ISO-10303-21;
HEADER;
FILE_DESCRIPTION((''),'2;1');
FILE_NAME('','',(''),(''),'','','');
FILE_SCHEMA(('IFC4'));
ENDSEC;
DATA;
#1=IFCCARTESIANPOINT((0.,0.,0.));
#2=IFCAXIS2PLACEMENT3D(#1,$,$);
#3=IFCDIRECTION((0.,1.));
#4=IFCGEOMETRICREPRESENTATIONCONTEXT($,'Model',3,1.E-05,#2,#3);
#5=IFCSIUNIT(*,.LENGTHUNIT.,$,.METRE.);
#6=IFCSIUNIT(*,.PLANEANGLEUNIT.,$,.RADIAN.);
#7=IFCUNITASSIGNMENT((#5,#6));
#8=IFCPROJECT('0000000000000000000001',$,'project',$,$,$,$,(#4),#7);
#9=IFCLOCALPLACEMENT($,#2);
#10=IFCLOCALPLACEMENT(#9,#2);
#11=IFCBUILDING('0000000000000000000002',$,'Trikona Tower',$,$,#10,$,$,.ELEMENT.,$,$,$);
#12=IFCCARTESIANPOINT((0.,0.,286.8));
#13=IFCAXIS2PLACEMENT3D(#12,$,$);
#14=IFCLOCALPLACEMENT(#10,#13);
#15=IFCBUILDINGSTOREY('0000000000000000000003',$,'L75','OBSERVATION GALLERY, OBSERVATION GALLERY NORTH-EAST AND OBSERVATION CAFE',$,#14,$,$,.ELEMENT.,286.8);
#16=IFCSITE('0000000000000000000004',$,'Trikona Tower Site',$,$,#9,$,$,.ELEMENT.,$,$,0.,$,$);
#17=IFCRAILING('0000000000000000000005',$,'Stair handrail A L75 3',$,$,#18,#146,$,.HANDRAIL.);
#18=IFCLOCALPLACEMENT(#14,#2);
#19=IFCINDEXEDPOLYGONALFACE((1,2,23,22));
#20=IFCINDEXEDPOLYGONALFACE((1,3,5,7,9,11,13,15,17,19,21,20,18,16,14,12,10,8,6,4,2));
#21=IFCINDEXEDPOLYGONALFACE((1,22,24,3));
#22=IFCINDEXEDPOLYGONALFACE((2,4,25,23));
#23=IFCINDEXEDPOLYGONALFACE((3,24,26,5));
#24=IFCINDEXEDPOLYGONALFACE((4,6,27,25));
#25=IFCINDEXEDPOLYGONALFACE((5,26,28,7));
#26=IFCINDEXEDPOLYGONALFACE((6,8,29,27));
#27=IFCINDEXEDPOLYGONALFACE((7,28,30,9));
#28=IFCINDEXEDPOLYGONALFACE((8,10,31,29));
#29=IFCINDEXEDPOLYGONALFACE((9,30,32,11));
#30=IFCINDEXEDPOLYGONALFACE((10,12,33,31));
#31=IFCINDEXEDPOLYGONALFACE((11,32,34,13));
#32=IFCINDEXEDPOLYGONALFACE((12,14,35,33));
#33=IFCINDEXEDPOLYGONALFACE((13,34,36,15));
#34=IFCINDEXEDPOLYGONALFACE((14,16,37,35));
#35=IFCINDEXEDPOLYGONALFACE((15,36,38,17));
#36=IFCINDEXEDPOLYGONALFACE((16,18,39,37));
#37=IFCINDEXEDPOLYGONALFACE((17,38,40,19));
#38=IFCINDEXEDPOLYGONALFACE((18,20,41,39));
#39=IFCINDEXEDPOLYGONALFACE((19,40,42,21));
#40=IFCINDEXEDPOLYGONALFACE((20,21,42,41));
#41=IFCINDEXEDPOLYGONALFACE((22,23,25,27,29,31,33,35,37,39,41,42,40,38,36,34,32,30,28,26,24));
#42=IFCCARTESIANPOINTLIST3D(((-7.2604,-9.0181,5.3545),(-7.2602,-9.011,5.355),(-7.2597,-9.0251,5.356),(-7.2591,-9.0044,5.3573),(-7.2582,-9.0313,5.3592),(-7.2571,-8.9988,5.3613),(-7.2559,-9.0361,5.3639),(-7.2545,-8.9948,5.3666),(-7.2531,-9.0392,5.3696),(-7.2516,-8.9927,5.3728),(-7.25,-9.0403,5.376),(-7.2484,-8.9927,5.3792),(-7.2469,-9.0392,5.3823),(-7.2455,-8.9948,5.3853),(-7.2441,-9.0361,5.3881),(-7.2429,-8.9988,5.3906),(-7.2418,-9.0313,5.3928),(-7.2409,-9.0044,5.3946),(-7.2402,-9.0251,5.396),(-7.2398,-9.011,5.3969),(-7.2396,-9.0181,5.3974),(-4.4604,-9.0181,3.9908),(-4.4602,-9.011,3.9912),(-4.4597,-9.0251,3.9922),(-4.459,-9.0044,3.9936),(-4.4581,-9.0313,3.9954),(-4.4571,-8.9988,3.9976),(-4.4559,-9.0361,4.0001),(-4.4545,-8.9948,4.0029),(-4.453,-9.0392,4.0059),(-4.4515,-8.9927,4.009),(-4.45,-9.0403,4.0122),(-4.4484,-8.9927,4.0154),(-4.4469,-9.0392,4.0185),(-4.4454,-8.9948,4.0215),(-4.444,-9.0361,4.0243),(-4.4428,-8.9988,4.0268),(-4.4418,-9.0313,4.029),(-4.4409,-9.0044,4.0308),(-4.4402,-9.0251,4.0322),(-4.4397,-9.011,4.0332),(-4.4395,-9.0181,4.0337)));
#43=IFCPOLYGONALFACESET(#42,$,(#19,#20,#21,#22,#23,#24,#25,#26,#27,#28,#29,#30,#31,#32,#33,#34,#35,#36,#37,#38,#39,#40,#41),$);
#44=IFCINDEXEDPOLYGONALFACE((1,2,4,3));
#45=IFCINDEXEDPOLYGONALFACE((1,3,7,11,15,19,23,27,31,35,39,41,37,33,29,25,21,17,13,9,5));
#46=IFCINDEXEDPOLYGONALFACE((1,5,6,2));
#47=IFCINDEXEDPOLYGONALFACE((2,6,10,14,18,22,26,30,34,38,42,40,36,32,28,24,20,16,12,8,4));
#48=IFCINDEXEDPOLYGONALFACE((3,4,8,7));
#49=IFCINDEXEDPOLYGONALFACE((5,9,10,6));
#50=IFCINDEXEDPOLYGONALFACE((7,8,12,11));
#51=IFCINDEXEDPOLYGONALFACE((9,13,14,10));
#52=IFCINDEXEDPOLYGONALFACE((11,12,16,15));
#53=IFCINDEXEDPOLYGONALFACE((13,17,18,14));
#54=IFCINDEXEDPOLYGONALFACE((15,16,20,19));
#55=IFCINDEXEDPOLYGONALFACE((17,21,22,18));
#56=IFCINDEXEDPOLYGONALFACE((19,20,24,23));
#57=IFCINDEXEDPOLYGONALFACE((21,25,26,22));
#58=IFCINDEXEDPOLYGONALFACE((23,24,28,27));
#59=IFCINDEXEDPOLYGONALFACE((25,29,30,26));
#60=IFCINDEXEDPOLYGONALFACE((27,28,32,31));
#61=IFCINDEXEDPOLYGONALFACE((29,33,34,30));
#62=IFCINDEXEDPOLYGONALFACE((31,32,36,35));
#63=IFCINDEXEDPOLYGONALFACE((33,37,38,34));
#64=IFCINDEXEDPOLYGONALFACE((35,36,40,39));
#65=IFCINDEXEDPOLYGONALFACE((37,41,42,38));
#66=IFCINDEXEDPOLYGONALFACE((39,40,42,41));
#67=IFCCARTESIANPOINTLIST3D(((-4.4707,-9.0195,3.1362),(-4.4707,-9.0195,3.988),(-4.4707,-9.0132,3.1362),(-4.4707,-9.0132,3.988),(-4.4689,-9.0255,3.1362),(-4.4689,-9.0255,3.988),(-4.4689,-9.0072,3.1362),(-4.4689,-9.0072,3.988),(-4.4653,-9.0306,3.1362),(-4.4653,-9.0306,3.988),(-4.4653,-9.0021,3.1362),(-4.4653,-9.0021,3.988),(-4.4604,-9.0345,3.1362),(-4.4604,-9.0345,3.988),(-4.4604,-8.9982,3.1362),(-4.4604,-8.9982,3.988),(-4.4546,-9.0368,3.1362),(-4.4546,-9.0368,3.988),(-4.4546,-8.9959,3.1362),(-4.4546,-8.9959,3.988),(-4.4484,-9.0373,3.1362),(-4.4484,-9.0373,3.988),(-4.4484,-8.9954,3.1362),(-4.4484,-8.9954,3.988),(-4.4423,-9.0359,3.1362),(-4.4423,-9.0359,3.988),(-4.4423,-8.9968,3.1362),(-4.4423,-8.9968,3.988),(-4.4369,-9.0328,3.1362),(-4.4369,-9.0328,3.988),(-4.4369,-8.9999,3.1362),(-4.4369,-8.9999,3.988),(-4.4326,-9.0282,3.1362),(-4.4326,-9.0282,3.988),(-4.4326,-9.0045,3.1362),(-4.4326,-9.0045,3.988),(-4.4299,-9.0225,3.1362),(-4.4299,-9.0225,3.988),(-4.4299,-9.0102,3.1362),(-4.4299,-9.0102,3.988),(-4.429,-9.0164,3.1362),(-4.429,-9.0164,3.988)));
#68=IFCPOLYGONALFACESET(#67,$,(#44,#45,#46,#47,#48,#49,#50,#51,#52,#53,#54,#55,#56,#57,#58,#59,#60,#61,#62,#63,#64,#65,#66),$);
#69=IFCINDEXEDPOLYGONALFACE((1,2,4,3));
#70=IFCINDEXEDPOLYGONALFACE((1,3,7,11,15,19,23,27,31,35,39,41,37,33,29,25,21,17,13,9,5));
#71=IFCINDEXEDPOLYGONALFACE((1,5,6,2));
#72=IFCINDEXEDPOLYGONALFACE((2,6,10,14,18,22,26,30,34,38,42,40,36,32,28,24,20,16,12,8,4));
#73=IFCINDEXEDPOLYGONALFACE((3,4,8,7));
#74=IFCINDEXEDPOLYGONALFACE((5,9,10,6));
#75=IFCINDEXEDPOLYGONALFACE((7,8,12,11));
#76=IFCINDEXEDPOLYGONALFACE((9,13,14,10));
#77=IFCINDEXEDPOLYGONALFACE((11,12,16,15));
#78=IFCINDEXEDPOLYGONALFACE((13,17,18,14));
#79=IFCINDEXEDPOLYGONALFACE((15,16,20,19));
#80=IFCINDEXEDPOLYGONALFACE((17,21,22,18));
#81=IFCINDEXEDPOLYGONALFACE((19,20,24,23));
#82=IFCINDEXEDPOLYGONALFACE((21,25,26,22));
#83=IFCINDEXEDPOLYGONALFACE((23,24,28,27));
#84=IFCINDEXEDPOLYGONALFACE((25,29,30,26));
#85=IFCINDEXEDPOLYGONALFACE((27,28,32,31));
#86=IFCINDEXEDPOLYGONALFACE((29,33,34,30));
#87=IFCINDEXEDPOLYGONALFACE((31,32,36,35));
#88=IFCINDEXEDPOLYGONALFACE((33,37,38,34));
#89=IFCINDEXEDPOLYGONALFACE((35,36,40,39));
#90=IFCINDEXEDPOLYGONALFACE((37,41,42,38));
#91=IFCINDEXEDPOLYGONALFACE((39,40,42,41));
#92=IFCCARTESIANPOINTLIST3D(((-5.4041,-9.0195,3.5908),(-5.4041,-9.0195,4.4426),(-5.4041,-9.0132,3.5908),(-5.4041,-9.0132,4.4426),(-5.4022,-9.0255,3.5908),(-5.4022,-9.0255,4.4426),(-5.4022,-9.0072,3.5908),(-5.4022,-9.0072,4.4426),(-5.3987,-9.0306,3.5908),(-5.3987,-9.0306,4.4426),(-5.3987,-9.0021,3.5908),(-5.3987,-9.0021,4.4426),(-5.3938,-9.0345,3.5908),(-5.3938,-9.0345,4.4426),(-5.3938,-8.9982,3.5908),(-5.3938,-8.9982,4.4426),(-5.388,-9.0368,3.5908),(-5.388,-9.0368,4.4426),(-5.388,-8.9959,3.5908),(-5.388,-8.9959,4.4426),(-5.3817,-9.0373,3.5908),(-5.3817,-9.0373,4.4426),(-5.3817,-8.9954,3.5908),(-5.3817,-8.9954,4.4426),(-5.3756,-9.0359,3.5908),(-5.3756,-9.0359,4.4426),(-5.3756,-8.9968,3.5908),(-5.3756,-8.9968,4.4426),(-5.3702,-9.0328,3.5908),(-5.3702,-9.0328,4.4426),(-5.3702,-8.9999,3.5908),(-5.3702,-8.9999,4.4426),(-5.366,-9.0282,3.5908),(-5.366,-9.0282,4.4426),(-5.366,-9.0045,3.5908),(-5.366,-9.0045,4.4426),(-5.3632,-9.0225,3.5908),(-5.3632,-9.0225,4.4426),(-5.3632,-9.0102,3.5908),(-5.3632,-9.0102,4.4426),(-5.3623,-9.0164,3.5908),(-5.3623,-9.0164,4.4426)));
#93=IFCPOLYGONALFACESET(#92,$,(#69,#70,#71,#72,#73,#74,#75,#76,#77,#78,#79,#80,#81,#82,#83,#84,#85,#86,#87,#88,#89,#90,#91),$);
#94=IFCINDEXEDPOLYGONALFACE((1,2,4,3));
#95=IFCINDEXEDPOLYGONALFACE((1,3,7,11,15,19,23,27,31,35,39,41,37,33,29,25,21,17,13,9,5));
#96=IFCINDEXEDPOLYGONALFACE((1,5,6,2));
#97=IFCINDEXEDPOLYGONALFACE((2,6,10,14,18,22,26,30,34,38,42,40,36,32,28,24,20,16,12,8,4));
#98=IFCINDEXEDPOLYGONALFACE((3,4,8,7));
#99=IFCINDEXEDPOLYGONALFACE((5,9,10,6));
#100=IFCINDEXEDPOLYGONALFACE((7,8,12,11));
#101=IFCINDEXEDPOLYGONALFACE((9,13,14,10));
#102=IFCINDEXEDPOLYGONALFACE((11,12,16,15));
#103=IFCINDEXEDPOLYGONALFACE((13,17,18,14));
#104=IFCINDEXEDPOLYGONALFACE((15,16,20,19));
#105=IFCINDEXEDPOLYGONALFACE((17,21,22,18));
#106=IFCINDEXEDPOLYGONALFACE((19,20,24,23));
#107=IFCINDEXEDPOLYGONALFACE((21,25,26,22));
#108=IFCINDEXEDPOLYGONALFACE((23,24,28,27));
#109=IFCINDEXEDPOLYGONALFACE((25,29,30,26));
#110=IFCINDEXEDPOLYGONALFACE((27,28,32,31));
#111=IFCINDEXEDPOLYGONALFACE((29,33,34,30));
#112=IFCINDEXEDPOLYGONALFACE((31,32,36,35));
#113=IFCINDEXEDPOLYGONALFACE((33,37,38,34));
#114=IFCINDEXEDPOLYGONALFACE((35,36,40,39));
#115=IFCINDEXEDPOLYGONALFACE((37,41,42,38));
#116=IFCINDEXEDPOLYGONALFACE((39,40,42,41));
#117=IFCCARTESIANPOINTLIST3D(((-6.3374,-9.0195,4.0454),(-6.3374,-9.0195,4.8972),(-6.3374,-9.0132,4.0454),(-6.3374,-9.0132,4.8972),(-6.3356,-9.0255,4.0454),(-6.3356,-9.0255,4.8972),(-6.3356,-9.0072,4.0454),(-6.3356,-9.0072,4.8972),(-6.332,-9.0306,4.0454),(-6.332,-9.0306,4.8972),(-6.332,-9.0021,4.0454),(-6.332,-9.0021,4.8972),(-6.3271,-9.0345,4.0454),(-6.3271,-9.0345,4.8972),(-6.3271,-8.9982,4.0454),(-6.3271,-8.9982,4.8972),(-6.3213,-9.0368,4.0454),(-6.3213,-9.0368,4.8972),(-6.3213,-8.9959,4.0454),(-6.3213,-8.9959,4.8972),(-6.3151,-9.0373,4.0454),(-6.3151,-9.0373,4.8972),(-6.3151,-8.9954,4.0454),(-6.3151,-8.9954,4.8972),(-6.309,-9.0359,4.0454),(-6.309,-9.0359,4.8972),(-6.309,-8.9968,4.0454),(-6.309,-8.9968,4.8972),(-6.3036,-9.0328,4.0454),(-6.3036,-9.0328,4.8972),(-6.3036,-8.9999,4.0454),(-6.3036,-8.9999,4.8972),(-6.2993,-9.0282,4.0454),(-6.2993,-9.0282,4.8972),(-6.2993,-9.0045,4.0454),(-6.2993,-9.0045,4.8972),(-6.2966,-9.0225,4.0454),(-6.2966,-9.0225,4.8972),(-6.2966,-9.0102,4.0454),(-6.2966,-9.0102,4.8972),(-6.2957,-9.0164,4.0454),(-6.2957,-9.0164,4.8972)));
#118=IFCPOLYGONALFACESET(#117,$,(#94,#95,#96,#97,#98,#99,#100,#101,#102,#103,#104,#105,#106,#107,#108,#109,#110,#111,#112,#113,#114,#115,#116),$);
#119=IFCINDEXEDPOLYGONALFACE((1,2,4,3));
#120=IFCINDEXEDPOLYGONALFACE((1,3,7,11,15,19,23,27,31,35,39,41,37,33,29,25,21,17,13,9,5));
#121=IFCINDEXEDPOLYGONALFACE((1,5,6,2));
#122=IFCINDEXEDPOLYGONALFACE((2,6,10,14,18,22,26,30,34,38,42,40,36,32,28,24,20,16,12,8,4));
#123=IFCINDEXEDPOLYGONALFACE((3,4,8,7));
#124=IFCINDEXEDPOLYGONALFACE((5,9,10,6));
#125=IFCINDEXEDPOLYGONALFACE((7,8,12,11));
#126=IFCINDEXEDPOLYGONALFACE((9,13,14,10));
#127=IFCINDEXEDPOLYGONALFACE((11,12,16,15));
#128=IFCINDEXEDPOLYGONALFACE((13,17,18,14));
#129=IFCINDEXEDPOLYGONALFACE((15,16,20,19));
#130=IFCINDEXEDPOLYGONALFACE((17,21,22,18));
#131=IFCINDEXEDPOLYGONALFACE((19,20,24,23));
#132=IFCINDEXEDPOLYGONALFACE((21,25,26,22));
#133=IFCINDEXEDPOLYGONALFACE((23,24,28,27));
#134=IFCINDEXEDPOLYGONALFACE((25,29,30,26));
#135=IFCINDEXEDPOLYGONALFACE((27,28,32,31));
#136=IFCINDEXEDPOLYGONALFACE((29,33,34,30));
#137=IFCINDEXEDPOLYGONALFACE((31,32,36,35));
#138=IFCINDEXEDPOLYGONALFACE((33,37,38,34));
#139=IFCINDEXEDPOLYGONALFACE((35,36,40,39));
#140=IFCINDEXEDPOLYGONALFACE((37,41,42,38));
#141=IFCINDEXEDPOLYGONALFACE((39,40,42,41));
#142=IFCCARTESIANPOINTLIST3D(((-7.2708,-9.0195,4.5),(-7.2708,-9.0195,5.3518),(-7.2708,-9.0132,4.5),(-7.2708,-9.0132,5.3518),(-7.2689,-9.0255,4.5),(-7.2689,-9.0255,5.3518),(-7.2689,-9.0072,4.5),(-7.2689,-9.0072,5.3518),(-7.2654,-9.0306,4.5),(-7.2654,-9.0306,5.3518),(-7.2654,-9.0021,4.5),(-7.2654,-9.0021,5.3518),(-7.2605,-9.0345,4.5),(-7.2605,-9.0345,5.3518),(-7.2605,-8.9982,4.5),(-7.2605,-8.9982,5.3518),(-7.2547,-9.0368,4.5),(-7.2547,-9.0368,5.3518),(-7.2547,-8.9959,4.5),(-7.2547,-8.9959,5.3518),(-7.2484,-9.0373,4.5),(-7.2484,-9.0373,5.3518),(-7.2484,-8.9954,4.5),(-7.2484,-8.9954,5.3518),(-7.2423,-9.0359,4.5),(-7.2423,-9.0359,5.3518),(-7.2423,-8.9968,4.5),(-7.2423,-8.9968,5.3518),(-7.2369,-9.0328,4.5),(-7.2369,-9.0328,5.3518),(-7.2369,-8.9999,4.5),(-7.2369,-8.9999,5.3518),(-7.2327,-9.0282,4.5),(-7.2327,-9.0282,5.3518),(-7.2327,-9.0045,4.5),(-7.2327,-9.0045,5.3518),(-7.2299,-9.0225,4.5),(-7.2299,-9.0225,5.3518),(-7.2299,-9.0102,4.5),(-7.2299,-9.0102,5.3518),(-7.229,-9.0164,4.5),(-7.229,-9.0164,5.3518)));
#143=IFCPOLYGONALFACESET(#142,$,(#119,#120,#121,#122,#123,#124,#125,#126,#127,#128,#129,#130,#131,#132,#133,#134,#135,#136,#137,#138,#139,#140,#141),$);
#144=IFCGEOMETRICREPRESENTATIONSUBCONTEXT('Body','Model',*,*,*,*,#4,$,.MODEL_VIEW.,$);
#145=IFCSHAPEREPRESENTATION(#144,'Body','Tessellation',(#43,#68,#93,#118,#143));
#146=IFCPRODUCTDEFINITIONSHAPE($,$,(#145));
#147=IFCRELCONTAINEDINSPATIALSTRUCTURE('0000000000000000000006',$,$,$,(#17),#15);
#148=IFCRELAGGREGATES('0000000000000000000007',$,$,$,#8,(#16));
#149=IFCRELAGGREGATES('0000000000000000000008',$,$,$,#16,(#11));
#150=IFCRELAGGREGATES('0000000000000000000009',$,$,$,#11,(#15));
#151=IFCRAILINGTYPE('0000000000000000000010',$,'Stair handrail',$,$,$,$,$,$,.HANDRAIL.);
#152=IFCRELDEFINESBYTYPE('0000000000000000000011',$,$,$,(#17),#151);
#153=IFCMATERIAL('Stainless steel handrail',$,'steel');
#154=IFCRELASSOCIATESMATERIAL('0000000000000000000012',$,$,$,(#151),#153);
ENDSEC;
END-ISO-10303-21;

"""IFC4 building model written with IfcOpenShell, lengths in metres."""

from ifc_helpers import new_model, si_unit, direction, frame, origin, origin_2d, place, context, subcontext, project, spatial, circle, extrude, material, type_object, element, save


model = new_model("IFC4")

# Units and contexts
model_context = context("Model", 3, precision=1e-05, world=origin(), true_north=direction((0.0, 1.0)))
body_context = subcontext(model_context, "Body", "Model", "MODEL_VIEW")
ifc_project = project(units=[si_unit("LENGTHUNIT", "METRE"), si_unit("PLANEANGLEUNIT", "RADIAN")], contexts=[model_context])

# Site, building, storey
site_placement = place(None, origin())
site = spatial("IfcSite", under=ifc_project, at=site_placement, Name="Trikona Tower Site", CompositionType="ELEMENT", RefElevation=0.0)
building_placement = place(site_placement, origin())
building = spatial("IfcBuilding", under=site, at=building_placement, Name="Trikona Tower", CompositionType="ELEMENT")
storey_placement = place(building_placement, frame((0.0, 0.0, 286.8)))
storey = spatial("IfcBuildingStorey", under=building, at=storey_placement, Name="L75", Description="OBSERVATION GALLERY, OBSERVATION GALLERY NORTH-EAST AND OBSERVATION CAFE", CompositionType="ELEMENT", Elevation=286.8)

# Railing
ifc_material_1 = material(Name="Stainless steel handrail", Category="steel")
railing_type = type_object("IfcRailingType", Name="Stair handrail", PredefinedType="HANDRAIL", material=ifc_material_1)
railing_1_placement = place(storey_placement, frame((-4.45, -9.0164, 3.1362)))
element("IfcRailing", 1, at=railing_1_placement, inside=storey, type_object=railing_type, Name="Stair handrail A L75 3", PredefinedType="HANDRAIL", context=body_context, shape_type="SweptSolid", body=[
    extrude(circle(Radius=0.0239, at=origin_2d()), frame((0.0, 0.0, 0.876), z_axis=(-0.899035, 0.0, 0.437877), x_axis=(0.0, -1.0, 0.0)), (0.0, 0.0, 1.0), 3.1145),
    extrude(circle(Radius=0.021, at=origin_2d()), origin(), (0.0, 0.0, 1.0), 0.8518),
    extrude(circle(Radius=0.021, at=origin_2d()), frame((-0.9333, 0.0, 0.4546)), (0.0, 0.0, 1.0), 0.8518),
    extrude(circle(Radius=0.021, at=origin_2d()), frame((-1.8667, 0.0, 0.9092)), (0.0, 0.0, 1.0), 0.8518),
    extrude(circle(Radius=0.021, at=origin_2d()), frame((-2.8, 0.0, 1.3638)), (0.0, 0.0, 1.0), 0.8518),
])

save(model, "model.ifc")
